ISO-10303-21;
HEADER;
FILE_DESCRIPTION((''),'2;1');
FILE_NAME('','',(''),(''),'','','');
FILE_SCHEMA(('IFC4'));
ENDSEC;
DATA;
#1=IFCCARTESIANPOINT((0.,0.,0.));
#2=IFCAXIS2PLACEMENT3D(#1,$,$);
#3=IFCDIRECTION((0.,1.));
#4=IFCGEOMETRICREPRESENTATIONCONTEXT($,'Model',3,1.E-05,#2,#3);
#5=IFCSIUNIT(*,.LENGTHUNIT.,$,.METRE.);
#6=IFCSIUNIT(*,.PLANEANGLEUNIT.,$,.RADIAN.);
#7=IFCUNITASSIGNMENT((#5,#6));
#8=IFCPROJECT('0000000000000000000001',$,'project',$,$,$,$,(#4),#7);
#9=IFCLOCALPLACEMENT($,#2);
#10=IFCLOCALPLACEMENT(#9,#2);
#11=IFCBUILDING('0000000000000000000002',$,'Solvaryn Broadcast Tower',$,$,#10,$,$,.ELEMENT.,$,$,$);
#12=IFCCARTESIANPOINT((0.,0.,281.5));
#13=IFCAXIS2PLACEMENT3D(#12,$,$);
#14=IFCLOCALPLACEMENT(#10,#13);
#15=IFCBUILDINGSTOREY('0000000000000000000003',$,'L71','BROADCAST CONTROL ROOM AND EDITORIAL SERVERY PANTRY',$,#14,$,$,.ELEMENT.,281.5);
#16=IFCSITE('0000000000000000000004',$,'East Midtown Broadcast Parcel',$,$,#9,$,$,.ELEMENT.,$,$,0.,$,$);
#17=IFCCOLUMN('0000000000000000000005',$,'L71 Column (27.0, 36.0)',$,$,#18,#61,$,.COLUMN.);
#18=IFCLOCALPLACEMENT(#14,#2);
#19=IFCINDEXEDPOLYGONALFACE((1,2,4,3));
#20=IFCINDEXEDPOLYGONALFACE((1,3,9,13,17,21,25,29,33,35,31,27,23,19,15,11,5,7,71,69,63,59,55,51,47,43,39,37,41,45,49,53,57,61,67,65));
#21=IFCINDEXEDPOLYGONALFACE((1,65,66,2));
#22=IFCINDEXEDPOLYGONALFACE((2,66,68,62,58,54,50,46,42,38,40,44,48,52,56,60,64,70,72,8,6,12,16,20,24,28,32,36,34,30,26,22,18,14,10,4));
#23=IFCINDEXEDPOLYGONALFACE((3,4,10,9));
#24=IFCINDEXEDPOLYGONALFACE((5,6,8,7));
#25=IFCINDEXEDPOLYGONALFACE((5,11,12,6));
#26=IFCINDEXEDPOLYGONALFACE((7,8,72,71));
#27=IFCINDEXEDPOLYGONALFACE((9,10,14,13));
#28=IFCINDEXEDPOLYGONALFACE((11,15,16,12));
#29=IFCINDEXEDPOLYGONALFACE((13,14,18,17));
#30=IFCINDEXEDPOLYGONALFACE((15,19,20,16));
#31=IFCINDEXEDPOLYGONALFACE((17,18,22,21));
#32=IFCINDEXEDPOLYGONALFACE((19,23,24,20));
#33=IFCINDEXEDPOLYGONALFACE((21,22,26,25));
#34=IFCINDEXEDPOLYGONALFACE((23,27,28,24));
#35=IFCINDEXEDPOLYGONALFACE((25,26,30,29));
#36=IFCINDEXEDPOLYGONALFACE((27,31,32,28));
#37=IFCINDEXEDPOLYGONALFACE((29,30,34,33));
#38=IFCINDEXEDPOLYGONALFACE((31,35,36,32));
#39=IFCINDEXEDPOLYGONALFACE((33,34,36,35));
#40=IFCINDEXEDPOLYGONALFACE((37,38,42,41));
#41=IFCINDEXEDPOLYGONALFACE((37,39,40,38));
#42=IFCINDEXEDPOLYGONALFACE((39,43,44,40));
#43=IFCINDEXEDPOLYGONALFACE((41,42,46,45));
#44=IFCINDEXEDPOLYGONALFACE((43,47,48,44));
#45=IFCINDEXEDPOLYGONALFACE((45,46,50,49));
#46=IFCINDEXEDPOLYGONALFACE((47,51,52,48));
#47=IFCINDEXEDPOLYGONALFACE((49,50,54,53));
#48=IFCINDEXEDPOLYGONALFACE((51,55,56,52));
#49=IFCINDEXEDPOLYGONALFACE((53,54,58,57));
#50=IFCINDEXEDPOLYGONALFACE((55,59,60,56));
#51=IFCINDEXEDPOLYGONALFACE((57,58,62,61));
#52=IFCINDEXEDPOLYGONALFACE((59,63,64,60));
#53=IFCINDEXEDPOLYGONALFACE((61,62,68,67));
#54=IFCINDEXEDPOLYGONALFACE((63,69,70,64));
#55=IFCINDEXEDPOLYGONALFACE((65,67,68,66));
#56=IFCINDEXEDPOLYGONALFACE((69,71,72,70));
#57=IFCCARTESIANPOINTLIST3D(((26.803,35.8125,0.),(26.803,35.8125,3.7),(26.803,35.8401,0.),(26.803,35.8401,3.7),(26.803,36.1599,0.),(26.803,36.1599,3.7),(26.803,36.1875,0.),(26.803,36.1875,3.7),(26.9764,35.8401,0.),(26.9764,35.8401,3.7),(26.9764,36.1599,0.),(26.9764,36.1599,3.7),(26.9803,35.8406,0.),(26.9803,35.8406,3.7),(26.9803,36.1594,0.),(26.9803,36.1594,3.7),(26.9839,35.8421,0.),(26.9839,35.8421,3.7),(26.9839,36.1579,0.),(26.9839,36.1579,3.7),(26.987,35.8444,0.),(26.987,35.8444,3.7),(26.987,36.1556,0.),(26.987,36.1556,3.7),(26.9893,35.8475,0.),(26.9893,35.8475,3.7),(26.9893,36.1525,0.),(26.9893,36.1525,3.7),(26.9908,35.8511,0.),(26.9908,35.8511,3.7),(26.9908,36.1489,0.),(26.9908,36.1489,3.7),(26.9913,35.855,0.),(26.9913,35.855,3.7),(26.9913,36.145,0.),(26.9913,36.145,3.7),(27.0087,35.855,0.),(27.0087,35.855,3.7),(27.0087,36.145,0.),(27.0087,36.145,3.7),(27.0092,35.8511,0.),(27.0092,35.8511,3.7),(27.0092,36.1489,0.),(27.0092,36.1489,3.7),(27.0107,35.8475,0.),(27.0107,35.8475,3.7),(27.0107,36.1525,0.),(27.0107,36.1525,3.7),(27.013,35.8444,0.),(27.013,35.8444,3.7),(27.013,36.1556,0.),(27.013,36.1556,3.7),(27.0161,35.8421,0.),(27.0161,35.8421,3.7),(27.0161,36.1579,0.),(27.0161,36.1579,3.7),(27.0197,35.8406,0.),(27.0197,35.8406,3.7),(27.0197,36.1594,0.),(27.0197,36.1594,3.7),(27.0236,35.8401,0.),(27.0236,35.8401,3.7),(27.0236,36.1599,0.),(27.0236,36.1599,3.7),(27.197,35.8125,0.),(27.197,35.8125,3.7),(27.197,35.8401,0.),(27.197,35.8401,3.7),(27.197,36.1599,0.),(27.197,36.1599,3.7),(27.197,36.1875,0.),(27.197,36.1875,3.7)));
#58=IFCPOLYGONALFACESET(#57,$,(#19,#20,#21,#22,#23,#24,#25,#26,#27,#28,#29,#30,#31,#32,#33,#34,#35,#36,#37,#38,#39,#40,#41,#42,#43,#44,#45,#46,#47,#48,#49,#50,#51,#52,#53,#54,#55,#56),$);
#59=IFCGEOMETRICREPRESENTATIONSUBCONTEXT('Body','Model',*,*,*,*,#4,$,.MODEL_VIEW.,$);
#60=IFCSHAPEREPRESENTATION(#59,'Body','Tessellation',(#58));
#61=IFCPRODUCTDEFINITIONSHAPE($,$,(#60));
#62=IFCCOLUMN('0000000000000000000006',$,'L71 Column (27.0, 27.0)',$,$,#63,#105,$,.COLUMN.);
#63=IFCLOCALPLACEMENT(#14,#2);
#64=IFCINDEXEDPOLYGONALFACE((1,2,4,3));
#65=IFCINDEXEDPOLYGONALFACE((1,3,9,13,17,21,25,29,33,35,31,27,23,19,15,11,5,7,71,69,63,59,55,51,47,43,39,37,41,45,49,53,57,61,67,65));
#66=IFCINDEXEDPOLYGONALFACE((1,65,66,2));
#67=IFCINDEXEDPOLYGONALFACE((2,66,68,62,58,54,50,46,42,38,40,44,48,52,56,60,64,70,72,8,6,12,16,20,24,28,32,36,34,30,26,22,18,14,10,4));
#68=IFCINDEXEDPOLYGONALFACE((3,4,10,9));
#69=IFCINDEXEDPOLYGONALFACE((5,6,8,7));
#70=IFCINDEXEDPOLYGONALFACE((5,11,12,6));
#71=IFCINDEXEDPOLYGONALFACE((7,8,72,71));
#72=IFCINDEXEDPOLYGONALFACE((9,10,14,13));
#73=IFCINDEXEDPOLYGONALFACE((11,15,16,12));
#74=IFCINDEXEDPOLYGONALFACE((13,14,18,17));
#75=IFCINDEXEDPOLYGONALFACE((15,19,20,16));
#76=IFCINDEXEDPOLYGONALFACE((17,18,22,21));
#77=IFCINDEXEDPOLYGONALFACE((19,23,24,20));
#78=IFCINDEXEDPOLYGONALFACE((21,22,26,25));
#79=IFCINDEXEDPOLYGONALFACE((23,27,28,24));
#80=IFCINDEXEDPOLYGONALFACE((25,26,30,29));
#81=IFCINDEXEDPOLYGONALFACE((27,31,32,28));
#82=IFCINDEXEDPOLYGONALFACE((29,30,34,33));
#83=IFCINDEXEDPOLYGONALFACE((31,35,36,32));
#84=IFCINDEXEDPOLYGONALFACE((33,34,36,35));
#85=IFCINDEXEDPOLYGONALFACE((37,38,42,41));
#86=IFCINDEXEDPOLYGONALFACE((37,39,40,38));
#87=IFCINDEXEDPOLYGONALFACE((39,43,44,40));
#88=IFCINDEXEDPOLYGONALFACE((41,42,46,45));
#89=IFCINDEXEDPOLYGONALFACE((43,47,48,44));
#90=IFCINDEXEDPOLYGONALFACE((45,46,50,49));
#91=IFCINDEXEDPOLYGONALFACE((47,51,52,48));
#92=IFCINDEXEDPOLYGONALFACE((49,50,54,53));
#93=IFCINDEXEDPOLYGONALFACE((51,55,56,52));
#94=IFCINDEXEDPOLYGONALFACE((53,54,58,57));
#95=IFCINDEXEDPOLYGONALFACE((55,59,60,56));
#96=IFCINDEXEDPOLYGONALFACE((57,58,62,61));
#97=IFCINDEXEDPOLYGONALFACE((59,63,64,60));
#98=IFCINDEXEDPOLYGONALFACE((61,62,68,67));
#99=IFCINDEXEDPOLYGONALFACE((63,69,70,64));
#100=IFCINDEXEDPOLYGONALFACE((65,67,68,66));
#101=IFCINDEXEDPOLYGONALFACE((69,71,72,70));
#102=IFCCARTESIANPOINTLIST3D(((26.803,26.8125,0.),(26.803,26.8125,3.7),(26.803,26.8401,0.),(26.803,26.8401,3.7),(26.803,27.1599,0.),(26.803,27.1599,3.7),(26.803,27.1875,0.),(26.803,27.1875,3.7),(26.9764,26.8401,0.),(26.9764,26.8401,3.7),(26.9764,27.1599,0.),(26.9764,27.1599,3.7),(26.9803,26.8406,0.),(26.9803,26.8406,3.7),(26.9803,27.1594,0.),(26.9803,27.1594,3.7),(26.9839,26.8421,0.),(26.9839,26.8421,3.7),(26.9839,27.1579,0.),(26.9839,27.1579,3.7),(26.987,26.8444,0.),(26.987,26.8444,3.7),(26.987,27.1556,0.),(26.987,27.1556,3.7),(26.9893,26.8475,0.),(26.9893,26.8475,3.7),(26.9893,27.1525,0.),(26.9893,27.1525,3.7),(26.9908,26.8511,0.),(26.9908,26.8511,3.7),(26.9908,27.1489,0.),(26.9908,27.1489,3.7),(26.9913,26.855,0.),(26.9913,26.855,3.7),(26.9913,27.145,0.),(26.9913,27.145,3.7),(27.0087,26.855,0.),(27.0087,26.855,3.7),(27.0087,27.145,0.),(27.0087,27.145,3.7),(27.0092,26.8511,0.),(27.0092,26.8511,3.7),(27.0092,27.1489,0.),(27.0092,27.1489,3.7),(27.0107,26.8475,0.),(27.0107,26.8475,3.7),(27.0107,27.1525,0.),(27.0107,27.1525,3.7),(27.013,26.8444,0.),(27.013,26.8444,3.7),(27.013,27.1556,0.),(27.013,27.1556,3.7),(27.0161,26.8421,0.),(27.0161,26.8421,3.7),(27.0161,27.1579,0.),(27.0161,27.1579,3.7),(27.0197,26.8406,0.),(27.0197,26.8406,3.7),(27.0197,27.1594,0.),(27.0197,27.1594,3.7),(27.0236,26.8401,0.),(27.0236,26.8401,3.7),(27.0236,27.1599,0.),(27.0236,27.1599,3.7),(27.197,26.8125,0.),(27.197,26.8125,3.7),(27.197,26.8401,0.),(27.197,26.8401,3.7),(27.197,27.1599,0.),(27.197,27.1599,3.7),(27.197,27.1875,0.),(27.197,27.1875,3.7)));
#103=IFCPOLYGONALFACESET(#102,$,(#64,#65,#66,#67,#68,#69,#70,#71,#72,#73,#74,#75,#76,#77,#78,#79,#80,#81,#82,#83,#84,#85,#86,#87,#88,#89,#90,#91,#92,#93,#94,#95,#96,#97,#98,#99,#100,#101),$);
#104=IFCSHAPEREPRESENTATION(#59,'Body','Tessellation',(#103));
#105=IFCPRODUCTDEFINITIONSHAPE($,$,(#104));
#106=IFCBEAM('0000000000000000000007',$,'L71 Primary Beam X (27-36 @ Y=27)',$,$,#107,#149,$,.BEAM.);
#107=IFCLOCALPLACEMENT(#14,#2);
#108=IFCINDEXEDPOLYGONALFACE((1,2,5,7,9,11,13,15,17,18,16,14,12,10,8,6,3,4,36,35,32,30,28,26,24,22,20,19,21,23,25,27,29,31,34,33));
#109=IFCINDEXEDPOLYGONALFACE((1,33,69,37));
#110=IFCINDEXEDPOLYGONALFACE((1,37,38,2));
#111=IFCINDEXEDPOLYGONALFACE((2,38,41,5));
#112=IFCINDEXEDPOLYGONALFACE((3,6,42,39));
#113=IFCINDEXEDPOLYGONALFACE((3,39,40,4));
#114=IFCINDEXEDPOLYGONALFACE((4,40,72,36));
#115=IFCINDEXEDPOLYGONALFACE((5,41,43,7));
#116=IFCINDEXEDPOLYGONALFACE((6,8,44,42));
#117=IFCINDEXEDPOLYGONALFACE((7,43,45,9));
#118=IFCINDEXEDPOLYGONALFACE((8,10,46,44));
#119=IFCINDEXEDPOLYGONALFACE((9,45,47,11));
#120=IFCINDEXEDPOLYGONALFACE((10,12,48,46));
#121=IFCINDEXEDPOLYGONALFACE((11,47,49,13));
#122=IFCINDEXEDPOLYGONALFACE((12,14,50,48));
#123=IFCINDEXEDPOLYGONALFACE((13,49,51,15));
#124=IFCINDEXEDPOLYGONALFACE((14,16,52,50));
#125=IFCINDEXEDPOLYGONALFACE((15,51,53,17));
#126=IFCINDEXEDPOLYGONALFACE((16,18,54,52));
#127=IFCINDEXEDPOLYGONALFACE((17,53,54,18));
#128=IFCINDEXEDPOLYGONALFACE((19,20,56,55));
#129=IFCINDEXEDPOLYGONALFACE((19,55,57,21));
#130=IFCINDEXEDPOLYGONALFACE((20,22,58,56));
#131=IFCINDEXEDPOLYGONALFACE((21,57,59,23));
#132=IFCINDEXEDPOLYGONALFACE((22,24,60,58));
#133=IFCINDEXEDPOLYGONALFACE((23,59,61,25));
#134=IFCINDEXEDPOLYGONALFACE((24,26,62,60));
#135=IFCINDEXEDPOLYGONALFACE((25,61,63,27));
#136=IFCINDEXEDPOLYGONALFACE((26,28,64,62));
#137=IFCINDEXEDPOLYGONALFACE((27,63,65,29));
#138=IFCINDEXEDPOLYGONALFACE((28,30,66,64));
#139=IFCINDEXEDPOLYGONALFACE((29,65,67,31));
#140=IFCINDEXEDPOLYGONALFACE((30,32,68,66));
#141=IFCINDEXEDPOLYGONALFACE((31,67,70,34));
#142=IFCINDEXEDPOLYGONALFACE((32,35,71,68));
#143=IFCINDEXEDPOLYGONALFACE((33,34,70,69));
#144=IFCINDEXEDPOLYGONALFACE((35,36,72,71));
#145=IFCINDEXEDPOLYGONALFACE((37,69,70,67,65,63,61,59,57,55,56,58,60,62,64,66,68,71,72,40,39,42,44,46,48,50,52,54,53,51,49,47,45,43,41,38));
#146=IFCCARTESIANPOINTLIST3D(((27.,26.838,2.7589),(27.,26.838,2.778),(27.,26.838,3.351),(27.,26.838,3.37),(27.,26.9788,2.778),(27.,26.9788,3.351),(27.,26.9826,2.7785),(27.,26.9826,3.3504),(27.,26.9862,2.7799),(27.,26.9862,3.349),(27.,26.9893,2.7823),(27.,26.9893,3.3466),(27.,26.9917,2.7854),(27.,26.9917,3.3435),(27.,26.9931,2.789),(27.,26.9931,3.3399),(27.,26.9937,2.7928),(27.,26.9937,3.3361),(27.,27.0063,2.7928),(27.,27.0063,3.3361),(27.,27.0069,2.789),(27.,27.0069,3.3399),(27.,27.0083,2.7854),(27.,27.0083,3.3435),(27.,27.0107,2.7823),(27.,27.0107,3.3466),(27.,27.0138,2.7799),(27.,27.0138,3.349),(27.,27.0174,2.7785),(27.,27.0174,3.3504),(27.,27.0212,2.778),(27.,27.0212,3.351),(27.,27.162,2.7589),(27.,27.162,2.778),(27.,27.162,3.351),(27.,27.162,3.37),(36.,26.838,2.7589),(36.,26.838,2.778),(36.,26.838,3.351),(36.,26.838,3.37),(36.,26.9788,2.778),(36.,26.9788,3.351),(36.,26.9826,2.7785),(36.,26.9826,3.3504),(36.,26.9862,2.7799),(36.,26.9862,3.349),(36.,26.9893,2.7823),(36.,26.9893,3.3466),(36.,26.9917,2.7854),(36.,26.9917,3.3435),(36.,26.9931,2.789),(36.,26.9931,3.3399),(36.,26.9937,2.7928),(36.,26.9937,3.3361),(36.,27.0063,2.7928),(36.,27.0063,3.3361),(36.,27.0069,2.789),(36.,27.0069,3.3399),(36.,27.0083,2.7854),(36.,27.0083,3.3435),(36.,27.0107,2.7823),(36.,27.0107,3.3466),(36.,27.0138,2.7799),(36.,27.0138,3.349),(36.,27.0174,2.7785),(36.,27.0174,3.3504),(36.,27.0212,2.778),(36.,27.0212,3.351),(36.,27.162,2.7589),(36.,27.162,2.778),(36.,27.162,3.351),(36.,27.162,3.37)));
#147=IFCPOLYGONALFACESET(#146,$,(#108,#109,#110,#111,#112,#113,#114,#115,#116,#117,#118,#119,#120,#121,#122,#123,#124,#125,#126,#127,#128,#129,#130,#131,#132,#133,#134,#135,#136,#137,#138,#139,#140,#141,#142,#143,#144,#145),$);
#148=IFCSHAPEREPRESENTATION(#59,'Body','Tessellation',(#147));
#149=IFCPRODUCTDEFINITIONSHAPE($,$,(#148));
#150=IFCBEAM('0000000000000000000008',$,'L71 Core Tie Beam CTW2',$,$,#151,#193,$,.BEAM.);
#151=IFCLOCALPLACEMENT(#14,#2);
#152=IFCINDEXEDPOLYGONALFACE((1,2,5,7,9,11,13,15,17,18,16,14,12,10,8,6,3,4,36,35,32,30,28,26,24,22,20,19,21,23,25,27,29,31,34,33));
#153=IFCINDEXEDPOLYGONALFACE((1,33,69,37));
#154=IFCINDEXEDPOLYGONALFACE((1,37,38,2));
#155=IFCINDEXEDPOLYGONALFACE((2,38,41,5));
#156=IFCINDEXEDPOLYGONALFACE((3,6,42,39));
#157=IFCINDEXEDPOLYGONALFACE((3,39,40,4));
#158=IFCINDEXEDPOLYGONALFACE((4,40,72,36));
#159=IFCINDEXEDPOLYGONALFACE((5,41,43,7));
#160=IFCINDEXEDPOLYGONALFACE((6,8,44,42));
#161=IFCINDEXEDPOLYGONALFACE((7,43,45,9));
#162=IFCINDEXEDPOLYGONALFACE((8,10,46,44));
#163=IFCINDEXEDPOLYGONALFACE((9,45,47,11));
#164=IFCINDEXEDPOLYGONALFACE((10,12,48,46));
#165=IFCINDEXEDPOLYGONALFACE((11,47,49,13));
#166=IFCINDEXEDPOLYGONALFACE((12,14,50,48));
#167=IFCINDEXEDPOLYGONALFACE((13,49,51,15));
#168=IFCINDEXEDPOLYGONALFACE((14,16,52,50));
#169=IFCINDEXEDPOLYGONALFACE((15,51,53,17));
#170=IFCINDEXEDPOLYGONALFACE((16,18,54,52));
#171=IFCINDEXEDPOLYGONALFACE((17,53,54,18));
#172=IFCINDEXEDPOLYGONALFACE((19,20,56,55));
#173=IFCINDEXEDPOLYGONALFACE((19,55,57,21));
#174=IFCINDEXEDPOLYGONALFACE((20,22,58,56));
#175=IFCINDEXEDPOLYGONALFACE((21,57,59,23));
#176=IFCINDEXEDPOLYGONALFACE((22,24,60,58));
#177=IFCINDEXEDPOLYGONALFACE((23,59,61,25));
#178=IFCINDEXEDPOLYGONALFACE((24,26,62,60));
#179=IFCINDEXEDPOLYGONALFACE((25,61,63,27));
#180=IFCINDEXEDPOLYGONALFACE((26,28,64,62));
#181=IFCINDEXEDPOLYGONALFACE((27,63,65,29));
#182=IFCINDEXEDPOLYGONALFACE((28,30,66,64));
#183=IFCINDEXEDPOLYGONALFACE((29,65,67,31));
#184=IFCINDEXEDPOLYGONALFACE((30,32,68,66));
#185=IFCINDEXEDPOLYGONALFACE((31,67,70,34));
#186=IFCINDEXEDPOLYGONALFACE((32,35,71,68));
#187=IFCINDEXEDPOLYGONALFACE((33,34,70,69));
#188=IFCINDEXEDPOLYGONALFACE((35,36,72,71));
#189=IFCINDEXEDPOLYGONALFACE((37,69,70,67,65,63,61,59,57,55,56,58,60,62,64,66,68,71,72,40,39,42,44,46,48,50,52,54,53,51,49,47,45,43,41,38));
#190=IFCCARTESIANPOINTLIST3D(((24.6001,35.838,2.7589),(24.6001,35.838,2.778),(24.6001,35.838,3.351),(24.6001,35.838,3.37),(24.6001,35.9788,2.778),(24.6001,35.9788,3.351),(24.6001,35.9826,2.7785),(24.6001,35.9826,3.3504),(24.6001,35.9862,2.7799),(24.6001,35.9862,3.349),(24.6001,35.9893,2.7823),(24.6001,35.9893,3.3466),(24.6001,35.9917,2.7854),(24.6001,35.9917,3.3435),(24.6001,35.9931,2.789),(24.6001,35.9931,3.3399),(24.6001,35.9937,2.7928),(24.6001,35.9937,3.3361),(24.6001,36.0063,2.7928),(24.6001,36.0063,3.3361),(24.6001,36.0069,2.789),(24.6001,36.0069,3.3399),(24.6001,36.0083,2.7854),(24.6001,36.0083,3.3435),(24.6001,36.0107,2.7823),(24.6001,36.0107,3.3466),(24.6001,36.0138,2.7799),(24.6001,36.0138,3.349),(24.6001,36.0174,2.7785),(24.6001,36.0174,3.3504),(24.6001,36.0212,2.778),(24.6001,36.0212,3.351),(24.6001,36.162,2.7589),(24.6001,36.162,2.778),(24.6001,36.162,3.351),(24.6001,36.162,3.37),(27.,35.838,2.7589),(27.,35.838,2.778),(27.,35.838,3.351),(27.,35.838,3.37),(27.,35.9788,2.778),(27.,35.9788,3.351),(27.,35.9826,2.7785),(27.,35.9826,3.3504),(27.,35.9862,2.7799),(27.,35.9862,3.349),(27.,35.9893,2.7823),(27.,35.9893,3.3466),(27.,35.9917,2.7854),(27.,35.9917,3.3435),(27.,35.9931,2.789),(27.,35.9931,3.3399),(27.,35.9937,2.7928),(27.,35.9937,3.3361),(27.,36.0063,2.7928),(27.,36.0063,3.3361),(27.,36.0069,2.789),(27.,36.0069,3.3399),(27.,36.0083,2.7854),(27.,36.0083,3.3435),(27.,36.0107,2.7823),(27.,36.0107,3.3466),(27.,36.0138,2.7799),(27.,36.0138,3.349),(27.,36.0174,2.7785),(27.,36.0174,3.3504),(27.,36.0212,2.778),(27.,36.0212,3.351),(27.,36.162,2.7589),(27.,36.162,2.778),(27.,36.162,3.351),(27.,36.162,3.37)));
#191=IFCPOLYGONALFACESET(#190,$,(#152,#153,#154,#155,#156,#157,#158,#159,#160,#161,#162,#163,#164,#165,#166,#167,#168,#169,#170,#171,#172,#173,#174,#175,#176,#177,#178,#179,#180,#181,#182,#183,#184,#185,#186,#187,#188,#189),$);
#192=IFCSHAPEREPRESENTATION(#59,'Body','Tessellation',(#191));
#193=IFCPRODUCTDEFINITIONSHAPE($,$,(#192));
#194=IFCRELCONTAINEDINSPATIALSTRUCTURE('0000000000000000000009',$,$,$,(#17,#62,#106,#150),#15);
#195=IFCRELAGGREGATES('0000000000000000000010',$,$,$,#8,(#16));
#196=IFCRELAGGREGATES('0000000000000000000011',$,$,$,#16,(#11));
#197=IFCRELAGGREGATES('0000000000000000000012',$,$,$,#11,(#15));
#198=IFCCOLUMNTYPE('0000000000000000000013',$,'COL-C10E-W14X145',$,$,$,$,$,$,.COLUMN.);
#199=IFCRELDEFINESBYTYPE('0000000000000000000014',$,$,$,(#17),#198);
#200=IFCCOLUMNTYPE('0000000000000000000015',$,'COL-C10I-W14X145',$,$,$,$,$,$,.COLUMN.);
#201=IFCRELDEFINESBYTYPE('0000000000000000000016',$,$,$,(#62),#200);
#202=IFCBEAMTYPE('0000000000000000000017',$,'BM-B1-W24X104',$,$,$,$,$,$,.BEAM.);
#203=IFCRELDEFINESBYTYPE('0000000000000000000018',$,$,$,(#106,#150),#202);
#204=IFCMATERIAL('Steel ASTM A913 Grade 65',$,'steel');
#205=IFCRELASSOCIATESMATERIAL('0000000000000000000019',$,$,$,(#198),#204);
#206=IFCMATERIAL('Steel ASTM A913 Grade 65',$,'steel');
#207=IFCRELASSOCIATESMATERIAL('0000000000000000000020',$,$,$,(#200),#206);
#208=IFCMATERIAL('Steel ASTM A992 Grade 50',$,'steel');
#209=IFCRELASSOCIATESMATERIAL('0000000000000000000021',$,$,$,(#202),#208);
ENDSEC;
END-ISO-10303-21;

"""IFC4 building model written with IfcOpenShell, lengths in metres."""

from ifc_helpers import new_model, si_unit, direction, frame, origin, origin_2d, place, context, subcontext, project, spatial, i_section, extrude, material, material_profile, profile_set, type_object, element, save


model = new_model("IFC4")

# Units and contexts
model_context = context("Model", 3, precision=1e-05, world=origin(), true_north=direction((0.0, 1.0)))
body_context = subcontext(model_context, "Body", "Model", "MODEL_VIEW")
ifc_project = project(units=[si_unit("LENGTHUNIT", "METRE"), si_unit("PLANEANGLEUNIT", "RADIAN")], contexts=[model_context])

# Site, building, storey
site_placement = place(None, origin())
site = spatial("IfcSite", under=ifc_project, at=site_placement, Name="East Midtown Broadcast Parcel", CompositionType="ELEMENT", RefElevation=0.0)
building_placement = place(site_placement, origin())
building = spatial("IfcBuilding", under=site, at=building_placement, Name="Solvaryn Broadcast Tower", CompositionType="ELEMENT")
storey_placement = place(building_placement, frame((0.0, 0.0, 281.5)))
storey = spatial("IfcBuildingStorey", under=building, at=storey_placement, Name="L71", Description="BROADCAST CONTROL ROOM AND EDITORIAL SERVERY PANTRY", CompositionType="ELEMENT", Elevation=281.5)

# Columns
ifc_material_1 = material(Name="Steel ASTM A913 Grade 65", Category="steel")
ifc_material_profile_1 = material_profile(ifc_material_1, i_section(OverallWidth=0.394, OverallDepth=0.375, WebThickness=0.0173, FlangeThickness=0.0276, FilletRadius=0.0149, at=origin_2d()))
ifc_profile_set_1 = profile_set([ifc_material_profile_1], Name="Steel ASTM A913 Grade 65")
column_type_1 = type_object("IfcColumnType", Name="COL-C10E-W14X145", PredefinedType="COLUMN", material=ifc_profile_set_1)
column_1_placement = place(storey_placement, frame((27.0, 36.0, 0.0), z_axis=(0.0, 0.0, 1.0), x_axis=(1.0, 0.0, 0.0)))
element("IfcColumn", 1, at=column_1_placement, inside=storey, type_object=column_type_1, Name="L71 Column (27.0, 36.0)", PredefinedType="COLUMN", context=body_context, shape_type="SweptSolid", body=[
    extrude(i_section(OverallWidth=0.394, OverallDepth=0.375, WebThickness=0.0173, FlangeThickness=0.0276, FilletRadius=0.0149, at=origin_2d()), origin(), (0.0, 0.0, 1.0), 3.7),
])
ifc_material_2 = material(Name="Steel ASTM A913 Grade 65", Category="steel")
ifc_material_profile_2 = material_profile(ifc_material_2, i_section(OverallWidth=0.394, OverallDepth=0.375, WebThickness=0.0173, FlangeThickness=0.0276, FilletRadius=0.0149, at=origin_2d()))
ifc_profile_set_2 = profile_set([ifc_material_profile_2], Name="Steel ASTM A913 Grade 65")
column_type_2 = type_object("IfcColumnType", Name="COL-C10I-W14X145", PredefinedType="COLUMN", material=ifc_profile_set_2)
column_2_placement = place(storey_placement, frame((27.0, 27.0, 0.0), z_axis=(0.0, 0.0, 1.0), x_axis=(1.0, 0.0, 0.0)))
element("IfcColumn", 2, at=column_2_placement, inside=storey, type_object=column_type_2, Name="L71 Column (27.0, 27.0)", PredefinedType="COLUMN", context=body_context, shape_type="SweptSolid", body=[
    extrude(i_section(OverallWidth=0.394, OverallDepth=0.375, WebThickness=0.0173, FlangeThickness=0.0276, FilletRadius=0.0149, at=origin_2d()), origin(), (0.0, 0.0, 1.0), 3.7),
])

# Beams
ifc_material_3 = material(Name="Steel ASTM A992 Grade 50", Category="steel")
ifc_material_profile_3 = material_profile(ifc_material_3, i_section(OverallWidth=0.324, OverallDepth=0.6111, WebThickness=0.0127, FlangeThickness=0.019, FilletRadius=0.0149, at=origin_2d()))
ifc_profile_set_3 = profile_set([ifc_material_profile_3], Name="Steel ASTM A992 Grade 50")
beam_type_1 = type_object("IfcBeamType", Name="BM-B1-W24X104", PredefinedType="BEAM", material=ifc_profile_set_3)
beam_1_placement = place(storey_placement, frame((27.0, 27.0, 3.0645), z_axis=(1.0, 0.0, 0.0), x_axis=(0.0, 1.0, 0.0)))
element("IfcBeam", 3, at=beam_1_placement, inside=storey, type_object=beam_type_1, Name="L71 Primary Beam X (27-36 @ Y=27)", PredefinedType="BEAM", context=body_context, shape_type="SweptSolid", body=[
    extrude(i_section(OverallWidth=0.324, OverallDepth=0.6111, WebThickness=0.0127, FlangeThickness=0.019, FilletRadius=0.0149, at=origin_2d()), origin(), (0.0, 0.0, 1.0), 9.0),
])
beam_2_placement = place(storey_placement, frame((24.6001, 36.0, 3.0645), z_axis=(1.0, 0.0, 0.0), x_axis=(0.0, 1.0, 0.0)))
element("IfcBeam", 4, at=beam_2_placement, inside=storey, type_object=beam_type_1, Name="L71 Core Tie Beam CTW2", PredefinedType="BEAM", context=body_context, shape_type="SweptSolid", body=[
    extrude(i_section(OverallWidth=0.324, OverallDepth=0.6111, WebThickness=0.0127, FlangeThickness=0.019, FilletRadius=0.0149, at=origin_2d()), origin(), (0.0, 0.0, 1.0), 2.3999),
])

save(model, "model.ifc")
